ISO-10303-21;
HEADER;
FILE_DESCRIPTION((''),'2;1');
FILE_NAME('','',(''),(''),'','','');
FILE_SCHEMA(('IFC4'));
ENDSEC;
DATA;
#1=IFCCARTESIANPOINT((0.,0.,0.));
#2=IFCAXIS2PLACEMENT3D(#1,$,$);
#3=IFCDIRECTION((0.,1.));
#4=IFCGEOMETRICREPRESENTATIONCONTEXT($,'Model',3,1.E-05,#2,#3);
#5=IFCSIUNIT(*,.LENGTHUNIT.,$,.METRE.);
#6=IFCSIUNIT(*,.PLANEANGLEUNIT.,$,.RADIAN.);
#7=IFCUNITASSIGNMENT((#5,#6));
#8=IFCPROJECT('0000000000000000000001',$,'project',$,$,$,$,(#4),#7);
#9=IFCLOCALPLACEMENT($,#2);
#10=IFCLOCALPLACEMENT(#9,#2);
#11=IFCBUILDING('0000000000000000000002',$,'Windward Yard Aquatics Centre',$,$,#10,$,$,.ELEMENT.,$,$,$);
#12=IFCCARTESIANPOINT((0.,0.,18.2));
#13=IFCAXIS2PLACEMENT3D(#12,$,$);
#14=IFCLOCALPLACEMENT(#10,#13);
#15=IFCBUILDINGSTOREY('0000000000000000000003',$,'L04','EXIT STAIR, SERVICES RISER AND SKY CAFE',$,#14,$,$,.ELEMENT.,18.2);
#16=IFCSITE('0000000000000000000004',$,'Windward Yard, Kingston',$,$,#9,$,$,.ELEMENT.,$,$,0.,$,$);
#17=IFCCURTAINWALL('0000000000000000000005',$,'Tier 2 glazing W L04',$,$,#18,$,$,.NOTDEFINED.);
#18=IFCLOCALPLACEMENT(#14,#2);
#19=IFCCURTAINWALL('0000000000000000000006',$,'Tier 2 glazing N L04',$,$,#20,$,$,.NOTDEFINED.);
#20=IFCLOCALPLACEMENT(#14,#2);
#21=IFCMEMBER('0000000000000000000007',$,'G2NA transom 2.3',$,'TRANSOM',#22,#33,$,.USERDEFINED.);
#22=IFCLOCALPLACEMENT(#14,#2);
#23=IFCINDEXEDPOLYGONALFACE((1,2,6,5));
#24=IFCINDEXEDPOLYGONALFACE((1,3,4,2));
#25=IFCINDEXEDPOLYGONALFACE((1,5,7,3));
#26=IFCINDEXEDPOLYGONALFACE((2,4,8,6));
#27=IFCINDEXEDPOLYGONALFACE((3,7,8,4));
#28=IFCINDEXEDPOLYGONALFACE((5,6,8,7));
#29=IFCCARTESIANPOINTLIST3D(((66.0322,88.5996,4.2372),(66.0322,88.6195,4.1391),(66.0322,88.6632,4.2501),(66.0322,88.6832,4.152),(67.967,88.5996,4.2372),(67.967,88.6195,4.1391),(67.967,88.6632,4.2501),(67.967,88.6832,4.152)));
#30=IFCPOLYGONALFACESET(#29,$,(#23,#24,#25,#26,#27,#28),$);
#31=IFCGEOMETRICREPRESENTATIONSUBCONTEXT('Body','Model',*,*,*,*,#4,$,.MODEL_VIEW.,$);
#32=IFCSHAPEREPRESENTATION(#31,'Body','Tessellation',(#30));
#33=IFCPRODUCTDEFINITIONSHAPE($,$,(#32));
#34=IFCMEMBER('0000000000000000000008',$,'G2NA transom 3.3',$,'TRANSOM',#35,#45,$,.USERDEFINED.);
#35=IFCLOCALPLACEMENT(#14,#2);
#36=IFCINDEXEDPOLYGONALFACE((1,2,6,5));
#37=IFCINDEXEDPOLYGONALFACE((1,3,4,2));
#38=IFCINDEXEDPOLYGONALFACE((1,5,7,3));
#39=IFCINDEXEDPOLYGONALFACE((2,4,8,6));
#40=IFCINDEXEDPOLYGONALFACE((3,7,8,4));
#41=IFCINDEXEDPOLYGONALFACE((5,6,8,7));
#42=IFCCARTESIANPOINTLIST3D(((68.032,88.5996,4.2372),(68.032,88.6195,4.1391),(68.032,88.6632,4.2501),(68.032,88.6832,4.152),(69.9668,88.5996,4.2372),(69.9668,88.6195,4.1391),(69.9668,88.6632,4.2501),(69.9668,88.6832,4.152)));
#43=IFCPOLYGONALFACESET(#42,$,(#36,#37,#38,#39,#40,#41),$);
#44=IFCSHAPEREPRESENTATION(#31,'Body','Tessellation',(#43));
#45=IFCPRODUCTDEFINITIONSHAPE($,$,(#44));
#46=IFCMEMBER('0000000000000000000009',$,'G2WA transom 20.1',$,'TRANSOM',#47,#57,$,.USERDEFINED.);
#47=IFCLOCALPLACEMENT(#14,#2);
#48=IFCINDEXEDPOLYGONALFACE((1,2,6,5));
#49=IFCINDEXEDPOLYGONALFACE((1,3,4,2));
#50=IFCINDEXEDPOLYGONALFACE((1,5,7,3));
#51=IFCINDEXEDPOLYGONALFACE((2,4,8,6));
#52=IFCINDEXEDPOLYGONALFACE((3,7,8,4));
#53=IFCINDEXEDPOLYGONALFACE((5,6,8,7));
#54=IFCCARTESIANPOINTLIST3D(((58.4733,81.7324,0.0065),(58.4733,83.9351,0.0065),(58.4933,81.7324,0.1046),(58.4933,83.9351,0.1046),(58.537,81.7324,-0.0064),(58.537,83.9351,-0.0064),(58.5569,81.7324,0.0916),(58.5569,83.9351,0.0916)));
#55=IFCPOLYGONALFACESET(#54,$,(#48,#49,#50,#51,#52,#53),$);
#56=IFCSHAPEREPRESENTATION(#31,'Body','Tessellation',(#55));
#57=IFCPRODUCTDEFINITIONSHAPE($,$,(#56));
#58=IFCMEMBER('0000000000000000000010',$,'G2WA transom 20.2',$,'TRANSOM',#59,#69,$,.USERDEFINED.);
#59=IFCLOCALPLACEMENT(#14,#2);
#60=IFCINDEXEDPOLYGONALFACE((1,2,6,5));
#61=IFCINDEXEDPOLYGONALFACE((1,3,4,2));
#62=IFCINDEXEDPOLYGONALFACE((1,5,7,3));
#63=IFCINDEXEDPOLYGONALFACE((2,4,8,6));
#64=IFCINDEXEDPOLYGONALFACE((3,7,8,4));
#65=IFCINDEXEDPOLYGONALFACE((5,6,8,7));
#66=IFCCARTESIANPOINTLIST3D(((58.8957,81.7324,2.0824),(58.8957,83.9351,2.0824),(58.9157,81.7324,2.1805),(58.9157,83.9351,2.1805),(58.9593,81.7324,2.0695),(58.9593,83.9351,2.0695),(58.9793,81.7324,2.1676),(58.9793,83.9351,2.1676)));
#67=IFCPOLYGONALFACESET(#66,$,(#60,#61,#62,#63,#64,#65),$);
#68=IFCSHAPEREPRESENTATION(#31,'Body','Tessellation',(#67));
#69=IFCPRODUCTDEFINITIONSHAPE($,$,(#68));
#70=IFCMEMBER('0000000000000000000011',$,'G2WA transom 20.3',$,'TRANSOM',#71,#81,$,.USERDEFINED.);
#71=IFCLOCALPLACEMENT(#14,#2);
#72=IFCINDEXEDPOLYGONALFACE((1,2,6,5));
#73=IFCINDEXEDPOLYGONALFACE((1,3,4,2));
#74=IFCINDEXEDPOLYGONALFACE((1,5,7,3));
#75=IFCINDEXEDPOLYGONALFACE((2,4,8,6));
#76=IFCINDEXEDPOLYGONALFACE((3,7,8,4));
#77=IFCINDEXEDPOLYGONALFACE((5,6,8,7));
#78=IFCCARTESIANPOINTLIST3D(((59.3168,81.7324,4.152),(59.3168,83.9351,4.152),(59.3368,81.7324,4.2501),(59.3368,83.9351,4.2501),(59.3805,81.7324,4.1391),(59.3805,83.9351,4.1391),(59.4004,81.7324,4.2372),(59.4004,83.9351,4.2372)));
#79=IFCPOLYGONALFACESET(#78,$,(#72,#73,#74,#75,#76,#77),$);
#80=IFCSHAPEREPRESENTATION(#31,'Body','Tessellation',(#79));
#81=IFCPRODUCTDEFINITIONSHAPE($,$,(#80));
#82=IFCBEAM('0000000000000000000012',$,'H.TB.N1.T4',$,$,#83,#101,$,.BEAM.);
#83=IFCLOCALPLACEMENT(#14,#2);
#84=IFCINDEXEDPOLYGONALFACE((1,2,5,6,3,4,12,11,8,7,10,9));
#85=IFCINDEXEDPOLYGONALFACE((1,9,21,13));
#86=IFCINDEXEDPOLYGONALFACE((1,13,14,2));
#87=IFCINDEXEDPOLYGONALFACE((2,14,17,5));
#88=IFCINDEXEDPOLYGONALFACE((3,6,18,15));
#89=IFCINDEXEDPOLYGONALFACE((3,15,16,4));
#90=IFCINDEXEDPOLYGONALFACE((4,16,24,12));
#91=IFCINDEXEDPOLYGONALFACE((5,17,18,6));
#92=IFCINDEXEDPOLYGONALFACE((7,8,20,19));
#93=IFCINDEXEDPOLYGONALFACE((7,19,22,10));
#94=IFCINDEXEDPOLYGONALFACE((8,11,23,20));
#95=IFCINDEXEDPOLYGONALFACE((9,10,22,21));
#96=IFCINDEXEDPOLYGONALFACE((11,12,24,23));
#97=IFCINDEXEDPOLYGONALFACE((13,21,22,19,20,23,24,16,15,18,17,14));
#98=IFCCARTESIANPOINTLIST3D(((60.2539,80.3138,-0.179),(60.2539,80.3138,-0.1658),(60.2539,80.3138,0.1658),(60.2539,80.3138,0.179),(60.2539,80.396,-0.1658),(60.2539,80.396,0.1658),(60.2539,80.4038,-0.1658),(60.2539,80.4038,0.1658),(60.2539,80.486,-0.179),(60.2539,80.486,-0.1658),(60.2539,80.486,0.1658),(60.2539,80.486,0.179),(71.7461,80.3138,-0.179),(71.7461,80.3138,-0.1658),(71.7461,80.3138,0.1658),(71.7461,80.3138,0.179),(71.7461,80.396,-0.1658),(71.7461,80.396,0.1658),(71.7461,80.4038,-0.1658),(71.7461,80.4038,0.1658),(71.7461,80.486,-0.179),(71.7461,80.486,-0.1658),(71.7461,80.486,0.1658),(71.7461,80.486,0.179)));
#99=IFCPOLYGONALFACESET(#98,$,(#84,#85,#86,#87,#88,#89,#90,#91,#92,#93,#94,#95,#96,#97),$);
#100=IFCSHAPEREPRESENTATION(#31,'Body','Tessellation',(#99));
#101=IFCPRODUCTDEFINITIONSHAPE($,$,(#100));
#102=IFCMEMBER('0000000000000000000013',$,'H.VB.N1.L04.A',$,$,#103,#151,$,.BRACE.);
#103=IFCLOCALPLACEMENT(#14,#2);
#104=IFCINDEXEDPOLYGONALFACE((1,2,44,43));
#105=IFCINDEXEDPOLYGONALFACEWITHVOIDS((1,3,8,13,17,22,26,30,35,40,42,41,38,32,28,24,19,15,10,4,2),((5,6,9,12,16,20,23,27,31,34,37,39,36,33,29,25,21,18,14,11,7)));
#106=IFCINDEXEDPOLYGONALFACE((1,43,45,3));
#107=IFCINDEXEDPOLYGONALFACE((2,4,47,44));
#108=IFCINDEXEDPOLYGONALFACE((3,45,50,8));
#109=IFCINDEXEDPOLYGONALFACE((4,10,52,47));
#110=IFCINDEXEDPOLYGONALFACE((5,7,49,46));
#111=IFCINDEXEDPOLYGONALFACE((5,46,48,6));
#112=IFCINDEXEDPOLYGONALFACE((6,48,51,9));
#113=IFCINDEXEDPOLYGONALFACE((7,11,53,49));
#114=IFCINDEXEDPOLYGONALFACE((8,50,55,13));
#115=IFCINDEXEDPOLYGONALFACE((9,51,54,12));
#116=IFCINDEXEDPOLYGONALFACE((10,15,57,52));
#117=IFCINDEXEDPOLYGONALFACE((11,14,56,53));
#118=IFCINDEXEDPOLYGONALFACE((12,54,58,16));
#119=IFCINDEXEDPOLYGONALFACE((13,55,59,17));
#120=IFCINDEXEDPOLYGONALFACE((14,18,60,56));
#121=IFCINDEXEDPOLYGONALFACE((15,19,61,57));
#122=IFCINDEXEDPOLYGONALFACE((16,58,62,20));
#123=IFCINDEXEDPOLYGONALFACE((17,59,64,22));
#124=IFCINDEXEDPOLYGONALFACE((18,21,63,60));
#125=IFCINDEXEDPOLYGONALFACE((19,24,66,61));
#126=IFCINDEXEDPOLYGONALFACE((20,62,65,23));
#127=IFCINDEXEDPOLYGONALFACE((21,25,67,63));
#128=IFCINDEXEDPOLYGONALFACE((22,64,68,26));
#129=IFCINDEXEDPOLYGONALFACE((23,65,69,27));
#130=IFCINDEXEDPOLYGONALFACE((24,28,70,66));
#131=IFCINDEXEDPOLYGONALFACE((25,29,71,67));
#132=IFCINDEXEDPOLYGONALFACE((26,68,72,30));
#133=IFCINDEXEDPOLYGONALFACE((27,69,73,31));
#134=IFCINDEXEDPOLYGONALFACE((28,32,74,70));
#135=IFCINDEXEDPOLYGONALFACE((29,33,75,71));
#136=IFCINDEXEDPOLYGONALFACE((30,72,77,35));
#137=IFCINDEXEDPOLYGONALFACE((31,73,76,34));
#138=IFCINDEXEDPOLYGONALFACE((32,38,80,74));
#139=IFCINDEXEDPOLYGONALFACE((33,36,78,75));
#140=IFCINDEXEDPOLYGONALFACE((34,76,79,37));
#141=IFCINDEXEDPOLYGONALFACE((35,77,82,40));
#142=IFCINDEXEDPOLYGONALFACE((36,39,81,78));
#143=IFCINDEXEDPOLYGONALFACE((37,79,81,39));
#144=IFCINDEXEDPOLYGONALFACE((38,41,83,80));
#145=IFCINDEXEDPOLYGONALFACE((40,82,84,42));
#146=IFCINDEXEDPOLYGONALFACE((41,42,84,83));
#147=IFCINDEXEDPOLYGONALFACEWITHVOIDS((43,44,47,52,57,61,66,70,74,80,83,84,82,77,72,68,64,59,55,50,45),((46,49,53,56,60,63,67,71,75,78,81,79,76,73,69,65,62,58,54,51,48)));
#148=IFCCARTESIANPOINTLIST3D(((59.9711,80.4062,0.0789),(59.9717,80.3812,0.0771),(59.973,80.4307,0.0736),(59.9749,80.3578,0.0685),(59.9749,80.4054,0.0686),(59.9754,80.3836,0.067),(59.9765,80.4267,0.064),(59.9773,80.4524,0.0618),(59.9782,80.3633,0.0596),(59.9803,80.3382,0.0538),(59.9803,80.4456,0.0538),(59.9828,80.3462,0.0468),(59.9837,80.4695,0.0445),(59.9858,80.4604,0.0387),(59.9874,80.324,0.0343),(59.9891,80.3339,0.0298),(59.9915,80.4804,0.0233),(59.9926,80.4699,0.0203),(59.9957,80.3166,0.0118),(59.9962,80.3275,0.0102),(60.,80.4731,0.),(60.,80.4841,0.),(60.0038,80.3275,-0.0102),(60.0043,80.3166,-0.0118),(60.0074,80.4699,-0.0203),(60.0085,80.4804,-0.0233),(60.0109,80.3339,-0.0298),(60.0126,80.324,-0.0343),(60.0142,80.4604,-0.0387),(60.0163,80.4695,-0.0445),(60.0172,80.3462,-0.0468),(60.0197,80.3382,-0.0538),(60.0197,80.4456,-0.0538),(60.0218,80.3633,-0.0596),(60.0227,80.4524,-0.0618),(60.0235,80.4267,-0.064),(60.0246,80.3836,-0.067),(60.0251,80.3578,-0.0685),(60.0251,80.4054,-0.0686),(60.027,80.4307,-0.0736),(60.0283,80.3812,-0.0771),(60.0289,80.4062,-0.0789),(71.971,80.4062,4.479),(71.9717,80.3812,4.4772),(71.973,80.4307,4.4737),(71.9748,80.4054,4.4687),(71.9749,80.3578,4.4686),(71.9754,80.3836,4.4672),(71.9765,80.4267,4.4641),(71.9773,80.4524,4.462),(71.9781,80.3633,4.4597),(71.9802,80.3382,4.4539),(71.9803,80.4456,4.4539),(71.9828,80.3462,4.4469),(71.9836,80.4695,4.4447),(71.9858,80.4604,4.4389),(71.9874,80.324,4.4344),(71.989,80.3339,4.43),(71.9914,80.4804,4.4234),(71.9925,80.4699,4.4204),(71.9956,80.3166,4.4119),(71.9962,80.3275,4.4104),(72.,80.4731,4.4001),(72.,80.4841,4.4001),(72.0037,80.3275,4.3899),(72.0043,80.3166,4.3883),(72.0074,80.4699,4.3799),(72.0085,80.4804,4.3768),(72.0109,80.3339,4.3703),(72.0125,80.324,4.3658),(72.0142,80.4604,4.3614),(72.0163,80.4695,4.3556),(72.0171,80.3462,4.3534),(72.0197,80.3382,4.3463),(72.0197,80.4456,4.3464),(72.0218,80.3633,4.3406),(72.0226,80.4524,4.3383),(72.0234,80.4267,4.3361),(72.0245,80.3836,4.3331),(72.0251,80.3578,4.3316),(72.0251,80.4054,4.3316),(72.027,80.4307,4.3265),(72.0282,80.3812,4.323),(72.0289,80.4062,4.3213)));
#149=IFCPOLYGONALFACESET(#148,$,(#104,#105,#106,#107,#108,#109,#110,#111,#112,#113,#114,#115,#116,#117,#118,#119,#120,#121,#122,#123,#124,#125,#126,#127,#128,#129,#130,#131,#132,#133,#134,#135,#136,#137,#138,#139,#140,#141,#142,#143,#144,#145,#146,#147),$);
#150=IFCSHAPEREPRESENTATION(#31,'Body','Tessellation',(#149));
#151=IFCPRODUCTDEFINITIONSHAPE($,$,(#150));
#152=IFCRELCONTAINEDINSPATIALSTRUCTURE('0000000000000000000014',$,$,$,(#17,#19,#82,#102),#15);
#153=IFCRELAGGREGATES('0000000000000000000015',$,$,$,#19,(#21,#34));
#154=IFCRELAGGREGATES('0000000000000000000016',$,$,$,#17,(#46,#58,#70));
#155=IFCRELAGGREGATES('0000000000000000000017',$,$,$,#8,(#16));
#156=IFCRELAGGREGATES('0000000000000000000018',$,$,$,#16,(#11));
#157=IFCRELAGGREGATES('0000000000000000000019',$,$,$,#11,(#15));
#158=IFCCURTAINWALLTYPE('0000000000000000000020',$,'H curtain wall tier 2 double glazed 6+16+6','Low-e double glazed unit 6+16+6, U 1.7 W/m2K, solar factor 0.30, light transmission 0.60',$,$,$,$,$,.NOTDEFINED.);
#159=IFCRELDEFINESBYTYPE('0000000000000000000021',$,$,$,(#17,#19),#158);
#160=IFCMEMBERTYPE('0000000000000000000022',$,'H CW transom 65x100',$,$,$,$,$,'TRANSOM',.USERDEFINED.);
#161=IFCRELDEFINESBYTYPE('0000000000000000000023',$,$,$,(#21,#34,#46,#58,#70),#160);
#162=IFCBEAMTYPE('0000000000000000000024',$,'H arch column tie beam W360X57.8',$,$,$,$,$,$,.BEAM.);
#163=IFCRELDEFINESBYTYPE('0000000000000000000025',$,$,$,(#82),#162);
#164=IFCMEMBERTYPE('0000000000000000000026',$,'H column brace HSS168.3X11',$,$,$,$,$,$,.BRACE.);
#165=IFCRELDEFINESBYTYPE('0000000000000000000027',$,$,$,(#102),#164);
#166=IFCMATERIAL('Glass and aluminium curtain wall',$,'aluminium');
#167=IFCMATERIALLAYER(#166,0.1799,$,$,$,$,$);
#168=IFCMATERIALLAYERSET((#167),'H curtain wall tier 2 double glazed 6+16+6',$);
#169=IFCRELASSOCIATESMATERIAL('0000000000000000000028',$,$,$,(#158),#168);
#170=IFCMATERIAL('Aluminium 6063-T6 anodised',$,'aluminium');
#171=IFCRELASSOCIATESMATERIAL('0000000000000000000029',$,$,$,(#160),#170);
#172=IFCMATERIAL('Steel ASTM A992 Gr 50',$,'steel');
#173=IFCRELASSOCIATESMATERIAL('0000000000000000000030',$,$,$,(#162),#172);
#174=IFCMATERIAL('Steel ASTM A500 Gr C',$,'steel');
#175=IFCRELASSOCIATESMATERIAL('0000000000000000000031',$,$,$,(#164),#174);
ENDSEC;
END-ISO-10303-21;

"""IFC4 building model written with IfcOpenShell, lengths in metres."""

from ifc_helpers import new_model, si_unit, direction, frame, origin, origin_2d, place, context, subcontext, project, spatial, rectangle, hollow_circle, i_section, extrude, material, layer, layer_set, material_profile, profile_set, type_object, element, aggregate, save


model = new_model("IFC4")

# Units and contexts
model_context = context("Model", 3, precision=1e-05, world=origin(), true_north=direction((0.0, 1.0)))
body_context = subcontext(model_context, "Body", "Model", "MODEL_VIEW")
ifc_project = project(units=[si_unit("LENGTHUNIT", "METRE"), si_unit("PLANEANGLEUNIT", "RADIAN")], contexts=[model_context])

# Site, building, storey
site_placement = place(None, origin())
site = spatial("IfcSite", under=ifc_project, at=site_placement, Name="Windward Yard, Kingston", CompositionType="ELEMENT", RefElevation=0.0)
building_placement = place(site_placement, origin())
building = spatial("IfcBuilding", under=site, at=building_placement, Name="Windward Yard Aquatics Centre", CompositionType="ELEMENT")
storey_placement = place(building_placement, frame((0.0, 0.0, 18.2)))
storey = spatial("IfcBuildingStorey", under=building, at=storey_placement, Name="L04", Description="EXIT STAIR, SERVICES RISER AND SKY CAFE", CompositionType="ELEMENT", Elevation=18.2)

# Shared definitions
ifc_material_1 = material(Name="Steel ASTM A500 Gr C", Category="steel")

# Curtain walls, members
ifc_material_2 = material(Name="Glass and aluminium curtain wall", Category="aluminium")
ifc_layer_1 = layer(ifc_material_2, 0.1799)
ifc_layer_set_1 = layer_set([ifc_layer_1], Name="H curtain wall tier 2 double glazed 6+16+6")
curtain_wall_type = type_object("IfcCurtainWallType", Name="H curtain wall tier 2 double glazed 6+16+6", Description="Low-e double glazed unit 6+16+6, U 1.7 W/m2K, solar factor 0.30, light transmission 0.60", PredefinedType="NOTDEFINED", material=ifc_layer_set_1)
curtain_wall_1_placement = place(storey_placement, origin())
curtain_wall_1 = element("IfcCurtainWall", 1, at=curtain_wall_1_placement, inside=storey, type_object=curtain_wall_type, Name="Tier 2 glazing W L04", PredefinedType="NOTDEFINED")
ifc_material_3 = material(Name="Aluminium 6063-T6 anodised", Category="aluminium")
curtain_wall_2_placement = place(storey_placement, origin())
curtain_wall_2 = element("IfcCurtainWall", 2, at=curtain_wall_2_placement, inside=storey, type_object=curtain_wall_type, Name="Tier 2 glazing N L04", PredefinedType="NOTDEFINED")
ifc_material_profile_1 = material_profile(ifc_material_3, rectangle(XDim=0.0649, YDim=0.1001, at=origin_2d()), Name="H CW transom 65x100")
ifc_profile_set_1 = profile_set([ifc_material_profile_1], Name="Aluminium 6063-T6 anodised")
member_type_1 = type_object("IfcMemberType", Name="H CW transom 65x100", ElementType="TRANSOM", PredefinedType="USERDEFINED", material=ifc_profile_set_1)
member_1_placement = place(storey_placement, frame((66.0322, 88.6414, 4.1946), z_axis=(1.0, 0.0, 0.0), x_axis=(0.0, 0.979925, 0.199368)))
member_1 = element("IfcMember", 3, at=member_1_placement, type_object=member_type_1, Name="G2NA transom 2.3", ObjectType="TRANSOM", PredefinedType="USERDEFINED", context=body_context, shape_type="SweptSolid", body=[
    extrude(rectangle(XDim=0.0649, YDim=0.1001, at=origin_2d()), origin(), (0.0, 0.0, 1.0), 1.9348),
])
member_2_placement = place(storey_placement, frame((68.032, 88.6414, 4.1946), z_axis=(1.0, 0.0, 0.0), x_axis=(0.0, 0.979925, 0.199368)))
member_2 = element("IfcMember", 4, at=member_2_placement, type_object=member_type_1, Name="G2NA transom 3.3", ObjectType="TRANSOM", PredefinedType="USERDEFINED", context=body_context, shape_type="SweptSolid", body=[
    extrude(rectangle(XDim=0.0649, YDim=0.1001, at=origin_2d()), origin(), (0.0, 0.0, 1.0), 1.9348),
])

# Members
member_3_placement = place(storey_placement, frame((58.5151, 81.7324, 0.0491), z_axis=(0.0, 1.0, 0.0), x_axis=(-0.979925, 0.0, 0.199368)))
member_3 = element("IfcMember", 5, at=member_3_placement, type_object=member_type_1, Name="G2WA transom 20.1", ObjectType="TRANSOM", PredefinedType="USERDEFINED", context=body_context, shape_type="SweptSolid", body=[
    extrude(rectangle(XDim=0.0649, YDim=0.1001, at=origin_2d()), origin(), (0.0, 0.0, 1.0), 2.2026),
])
member_4_placement = place(storey_placement, frame((58.9375, 81.7324, 2.125), z_axis=(0.0, 1.0, 0.0), x_axis=(-0.979925, 0.0, 0.199368)))
member_4 = element("IfcMember", 6, at=member_4_placement, type_object=member_type_1, Name="G2WA transom 20.2", ObjectType="TRANSOM", PredefinedType="USERDEFINED", context=body_context, shape_type="SweptSolid", body=[
    extrude(rectangle(XDim=0.0649, YDim=0.1001, at=origin_2d()), origin(), (0.0, 0.0, 1.0), 2.2026),
])
member_5_placement = place(storey_placement, frame((59.3586, 81.7324, 4.1946), z_axis=(0.0, 1.0, 0.0), x_axis=(-0.979925, 0.0, 0.199368)))
member_5 = element("IfcMember", 7, at=member_5_placement, type_object=member_type_1, Name="G2WA transom 20.3", ObjectType="TRANSOM", PredefinedType="USERDEFINED", context=body_context, shape_type="SweptSolid", body=[
    extrude(rectangle(XDim=0.0649, YDim=0.1001, at=origin_2d()), origin(), (0.0, 0.0, 1.0), 2.2026),
])

# Beam
ifc_material_4 = material(Name="Steel ASTM A992 Gr 50", Category="steel")
ifc_material_profile_2 = material_profile(ifc_material_4, i_section(OverallWidth=0.1721, OverallDepth=0.3579, WebThickness=0.0078, FlangeThickness=0.0132, at=origin_2d()), Name="W360X57.8")
ifc_profile_set_2 = profile_set([ifc_material_profile_2], Name="Steel ASTM A992 Gr 50")
beam_type = type_object("IfcBeamType", Name="H arch column tie beam W360X57.8", PredefinedType="BEAM", material=ifc_profile_set_2)
beam_placement = place(storey_placement, frame((60.2539, 80.3999, 0.0), z_axis=(1.0, 0.0, 0.0), x_axis=(0.0, 1.0, 0.0)))
element("IfcBeam", 8, at=beam_placement, inside=storey, type_object=beam_type, Name="H.TB.N1.T4", PredefinedType="BEAM", context=body_context, shape_type="SweptSolid", body=[
    extrude(i_section(OverallWidth=0.1721, OverallDepth=0.3579, WebThickness=0.0078, FlangeThickness=0.0132, at=origin_2d()), origin(), (0.0, 0.0, 1.0), 11.4922),
])

# Member
ifc_material_profile_3 = material_profile(ifc_material_1, hollow_circle(Radius=0.0842, WallThickness=0.011, at=origin_2d()), Name="HSS168.3X11")
ifc_profile_set_3 = profile_set([ifc_material_profile_3], Name="Steel ASTM A500 Gr C")
member_type_2 = type_object("IfcMemberType", Name="H column brace HSS168.3X11", PredefinedType="BRACE", material=ifc_profile_set_3)
member_6_placement = place(storey_placement, frame((60.0, 80.3999, 0.0), z_axis=(0.938873, 0.0, 0.344265), x_axis=(0.0, 1.0, 0.0)))
element("IfcMember", 9, at=member_6_placement, inside=storey, type_object=member_type_2, Name="H.VB.N1.L04.A", PredefinedType="BRACE", context=body_context, shape_type="SweptSolid", body=[
    extrude(hollow_circle(Radius=0.0842, WallThickness=0.011, at=origin_2d()), origin(), (0.0, 0.0, 1.0), 12.7812),
])

aggregate(curtain_wall_2, [member_1, member_2])
aggregate(curtain_wall_1, [member_3, member_4, member_5])

save(model, "model.ifc")
